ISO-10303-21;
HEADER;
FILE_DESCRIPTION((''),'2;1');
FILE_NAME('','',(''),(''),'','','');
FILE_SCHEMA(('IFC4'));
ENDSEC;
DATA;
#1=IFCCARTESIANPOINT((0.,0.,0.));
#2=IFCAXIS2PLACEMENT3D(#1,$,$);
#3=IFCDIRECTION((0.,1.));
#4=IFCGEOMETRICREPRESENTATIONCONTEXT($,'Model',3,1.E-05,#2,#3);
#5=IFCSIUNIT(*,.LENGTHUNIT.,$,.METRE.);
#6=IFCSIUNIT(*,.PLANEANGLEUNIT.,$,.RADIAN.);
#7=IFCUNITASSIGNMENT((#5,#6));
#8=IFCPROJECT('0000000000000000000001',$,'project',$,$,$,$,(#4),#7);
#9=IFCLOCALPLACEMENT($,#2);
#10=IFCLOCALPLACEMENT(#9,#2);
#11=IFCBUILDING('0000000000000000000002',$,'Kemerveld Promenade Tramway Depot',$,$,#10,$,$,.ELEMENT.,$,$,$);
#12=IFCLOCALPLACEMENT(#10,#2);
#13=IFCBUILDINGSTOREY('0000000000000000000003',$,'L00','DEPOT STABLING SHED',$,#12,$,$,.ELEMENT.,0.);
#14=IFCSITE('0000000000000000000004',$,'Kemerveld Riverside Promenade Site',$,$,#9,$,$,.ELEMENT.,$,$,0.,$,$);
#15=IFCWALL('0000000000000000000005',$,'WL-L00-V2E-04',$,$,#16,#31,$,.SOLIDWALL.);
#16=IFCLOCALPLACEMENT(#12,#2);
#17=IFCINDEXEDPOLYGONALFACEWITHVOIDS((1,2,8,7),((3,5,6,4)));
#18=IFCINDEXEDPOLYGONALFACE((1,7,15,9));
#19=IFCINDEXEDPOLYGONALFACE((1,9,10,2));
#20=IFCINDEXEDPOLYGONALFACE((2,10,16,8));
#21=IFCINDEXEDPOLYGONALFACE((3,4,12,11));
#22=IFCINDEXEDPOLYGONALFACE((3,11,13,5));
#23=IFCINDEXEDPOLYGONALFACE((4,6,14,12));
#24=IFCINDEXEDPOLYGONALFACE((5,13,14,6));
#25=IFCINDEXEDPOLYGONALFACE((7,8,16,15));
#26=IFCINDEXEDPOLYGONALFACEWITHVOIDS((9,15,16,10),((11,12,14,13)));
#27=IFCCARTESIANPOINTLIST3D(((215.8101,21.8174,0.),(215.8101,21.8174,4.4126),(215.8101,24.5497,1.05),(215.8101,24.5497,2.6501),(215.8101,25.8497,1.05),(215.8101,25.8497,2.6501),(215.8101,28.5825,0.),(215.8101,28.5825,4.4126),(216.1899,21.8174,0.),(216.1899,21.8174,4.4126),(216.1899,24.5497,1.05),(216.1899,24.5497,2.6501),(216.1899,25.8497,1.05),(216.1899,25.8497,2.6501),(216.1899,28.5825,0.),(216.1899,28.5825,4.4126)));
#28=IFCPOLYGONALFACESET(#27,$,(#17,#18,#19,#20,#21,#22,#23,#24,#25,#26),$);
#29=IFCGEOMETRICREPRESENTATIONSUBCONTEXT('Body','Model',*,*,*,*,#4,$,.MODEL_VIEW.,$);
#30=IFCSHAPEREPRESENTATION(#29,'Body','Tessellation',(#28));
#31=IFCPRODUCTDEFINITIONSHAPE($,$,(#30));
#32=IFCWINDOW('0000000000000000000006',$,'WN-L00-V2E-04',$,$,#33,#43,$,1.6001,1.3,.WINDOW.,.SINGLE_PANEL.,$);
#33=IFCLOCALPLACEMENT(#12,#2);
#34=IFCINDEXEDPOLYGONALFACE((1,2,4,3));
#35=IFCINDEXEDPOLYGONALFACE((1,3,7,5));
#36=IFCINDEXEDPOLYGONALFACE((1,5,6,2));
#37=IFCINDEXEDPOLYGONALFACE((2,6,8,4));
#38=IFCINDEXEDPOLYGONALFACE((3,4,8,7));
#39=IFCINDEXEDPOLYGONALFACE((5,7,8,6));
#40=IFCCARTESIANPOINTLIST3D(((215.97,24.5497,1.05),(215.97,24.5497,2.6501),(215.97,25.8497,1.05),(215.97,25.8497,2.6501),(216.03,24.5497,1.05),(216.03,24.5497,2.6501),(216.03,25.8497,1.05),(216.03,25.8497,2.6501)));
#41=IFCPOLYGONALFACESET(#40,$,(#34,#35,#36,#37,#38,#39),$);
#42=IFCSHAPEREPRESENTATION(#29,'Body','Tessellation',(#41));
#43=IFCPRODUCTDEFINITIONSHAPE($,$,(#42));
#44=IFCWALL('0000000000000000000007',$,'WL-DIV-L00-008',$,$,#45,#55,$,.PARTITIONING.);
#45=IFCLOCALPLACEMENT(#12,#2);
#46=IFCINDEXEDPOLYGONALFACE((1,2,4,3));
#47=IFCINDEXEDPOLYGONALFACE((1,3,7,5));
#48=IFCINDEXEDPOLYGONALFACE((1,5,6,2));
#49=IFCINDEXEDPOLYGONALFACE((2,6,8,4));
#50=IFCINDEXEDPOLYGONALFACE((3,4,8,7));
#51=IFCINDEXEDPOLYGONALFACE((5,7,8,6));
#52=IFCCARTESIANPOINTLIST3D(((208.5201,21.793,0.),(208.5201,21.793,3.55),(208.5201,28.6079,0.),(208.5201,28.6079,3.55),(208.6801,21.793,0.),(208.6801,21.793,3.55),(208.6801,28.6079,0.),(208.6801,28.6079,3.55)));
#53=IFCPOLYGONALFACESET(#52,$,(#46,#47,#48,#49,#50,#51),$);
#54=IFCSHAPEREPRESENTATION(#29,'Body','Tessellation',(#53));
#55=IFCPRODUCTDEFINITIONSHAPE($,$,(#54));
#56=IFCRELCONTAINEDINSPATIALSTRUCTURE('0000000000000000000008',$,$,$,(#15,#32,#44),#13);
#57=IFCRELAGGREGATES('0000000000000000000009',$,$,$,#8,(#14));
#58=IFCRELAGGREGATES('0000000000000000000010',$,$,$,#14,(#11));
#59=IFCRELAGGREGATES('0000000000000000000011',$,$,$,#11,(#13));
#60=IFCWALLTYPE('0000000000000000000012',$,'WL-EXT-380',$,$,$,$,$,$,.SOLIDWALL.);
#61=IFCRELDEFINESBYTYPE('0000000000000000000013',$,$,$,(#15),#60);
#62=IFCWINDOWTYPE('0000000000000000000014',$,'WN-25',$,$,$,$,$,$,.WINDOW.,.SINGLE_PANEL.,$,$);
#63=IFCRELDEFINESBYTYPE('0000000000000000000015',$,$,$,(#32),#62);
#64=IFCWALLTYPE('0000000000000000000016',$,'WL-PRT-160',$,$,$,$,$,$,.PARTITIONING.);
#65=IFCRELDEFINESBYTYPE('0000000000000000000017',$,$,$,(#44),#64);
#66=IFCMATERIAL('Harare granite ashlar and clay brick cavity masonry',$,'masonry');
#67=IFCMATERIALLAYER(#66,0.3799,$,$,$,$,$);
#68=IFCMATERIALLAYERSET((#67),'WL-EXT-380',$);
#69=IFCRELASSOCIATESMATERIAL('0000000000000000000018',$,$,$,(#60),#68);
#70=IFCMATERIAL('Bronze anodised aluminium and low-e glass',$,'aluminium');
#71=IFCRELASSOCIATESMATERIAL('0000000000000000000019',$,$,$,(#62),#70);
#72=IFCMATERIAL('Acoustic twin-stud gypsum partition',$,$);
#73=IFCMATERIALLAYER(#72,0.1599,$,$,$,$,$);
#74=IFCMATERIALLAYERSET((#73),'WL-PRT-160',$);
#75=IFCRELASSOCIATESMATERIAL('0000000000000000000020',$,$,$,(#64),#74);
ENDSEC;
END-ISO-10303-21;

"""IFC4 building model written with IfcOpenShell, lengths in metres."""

from ifc_helpers import new_model, si_unit, direction, frame, frame_2d, origin, place, context, subcontext, project, spatial, rectangle, extrude, material, layer, layer_set, type_object, element, fill, save


model = new_model("IFC4")

# Units and contexts
model_context = context("Model", 3, precision=1e-05, world=origin(), true_north=direction((0.0, 1.0)))
body_context = subcontext(model_context, "Body", "Model", "MODEL_VIEW")
ifc_project = project(units=[si_unit("LENGTHUNIT", "METRE"), si_unit("PLANEANGLEUNIT", "RADIAN")], contexts=[model_context])

# Site, building, storey
site_placement = place(None, origin())
site = spatial("IfcSite", under=ifc_project, at=site_placement, Name="Kemerveld Riverside Promenade Site", CompositionType="ELEMENT", RefElevation=0.0)
building_placement = place(site_placement, origin())
building = spatial("IfcBuilding", under=site, at=building_placement, Name="Kemerveld Promenade Tramway Depot", CompositionType="ELEMENT")
storey_placement = place(building_placement, origin())
storey = spatial("IfcBuildingStorey", under=building, at=storey_placement, Name="L00", Description="DEPOT STABLING SHED", CompositionType="ELEMENT", Elevation=0.0)

# Wall, opening, window
ifc_material_1 = material(Name="Harare granite ashlar and clay brick cavity masonry", Category="masonry")
ifc_layer_1 = layer(ifc_material_1, 0.3799)
ifc_layer_set_1 = layer_set([ifc_layer_1], Name="WL-EXT-380")
wall_type_1 = type_object("IfcWallType", Name="WL-EXT-380", PredefinedType="SOLIDWALL", material=ifc_layer_set_1)
wall_1_placement = place(storey_placement, frame((216.0, 28.5825, 0.0), z_axis=(0.0, 0.0, 1.0), x_axis=(0.0, -1.0, 0.0)))
wall_1 = element("IfcWall", 1, at=wall_1_placement, inside=storey, type_object=wall_type_1, Name="WL-L00-V2E-04", PredefinedType="SOLIDWALL", context=body_context, shape_type="SweptSolid", body=[
    extrude(rectangle(XDim=6.7651, YDim=0.3799, at=frame_2d((3.3826, 0.0))), origin(), (0.0, 0.0, 1.0), 4.4126),
])
opening_placement = place(wall_1_placement, frame((2.7329, 0.0, 1.05)))
opening = element("IfcOpeningElement", 2, at=opening_placement, cuts=wall_1, PredefinedType="OPENING", context=body_context, shape_type="SweptSolid", body=[
    extrude(rectangle(XDim=1.3, YDim=1.6001, at=frame_2d((0.6499, 0.8))), frame((0.0, 0.2, 0.0), z_axis=(0.0, -1.0, 0.0), x_axis=(1.0, 0.0, 0.0)), (0.0, 0.0, 1.0), 0.3999),
])
ifc_material_2 = material(Name="Bronze anodised aluminium and low-e glass", Category="aluminium")
window_type = type_object("IfcWindowType", Name="WN-25", PartitioningType="SINGLE_PANEL", PredefinedType="WINDOW", material=ifc_material_2)
window_placement = place(opening_placement, origin())
window = element("IfcWindow", 3, at=window_placement, inside=storey, type_object=window_type, Name="WN-L00-V2E-04", OverallHeight=1.6001, OverallWidth=1.3, PartitioningType="SINGLE_PANEL", PredefinedType="WINDOW", context=body_context, shape_type="SweptSolid", body=[
    extrude(rectangle(XDim=1.3, YDim=1.6001, at=frame_2d((0.6499, 0.8))), frame((0.0, 0.03, 0.0), z_axis=(0.0, -1.0, 0.0), x_axis=(1.0, 0.0, 0.0)), (0.0, 0.0, 1.0), 0.0601),
])
fill(opening, window)

# Wall
ifc_material_3 = material(Name="Acoustic twin-stud gypsum partition")
ifc_layer_2 = layer(ifc_material_3, 0.1599)
ifc_layer_set_2 = layer_set([ifc_layer_2], Name="WL-PRT-160")
wall_type_2 = type_object("IfcWallType", Name="WL-PRT-160", PredefinedType="PARTITIONING", material=ifc_layer_set_2)
wall_2_placement = place(storey_placement, frame((208.6001, 21.793, 0.0), z_axis=(0.0, 0.0, 1.0), x_axis=(0.0, 1.0, 0.0)))
element("IfcWall", 4, at=wall_2_placement, inside=storey, type_object=wall_type_2, Name="WL-DIV-L00-008", PredefinedType="PARTITIONING", context=body_context, shape_type="SweptSolid", body=[
    extrude(rectangle(XDim=6.8149, YDim=0.1599, at=frame_2d((3.4075, 0.0))), origin(), (0.0, 0.0, 1.0), 3.55),
])

save(model, "model.ifc")
